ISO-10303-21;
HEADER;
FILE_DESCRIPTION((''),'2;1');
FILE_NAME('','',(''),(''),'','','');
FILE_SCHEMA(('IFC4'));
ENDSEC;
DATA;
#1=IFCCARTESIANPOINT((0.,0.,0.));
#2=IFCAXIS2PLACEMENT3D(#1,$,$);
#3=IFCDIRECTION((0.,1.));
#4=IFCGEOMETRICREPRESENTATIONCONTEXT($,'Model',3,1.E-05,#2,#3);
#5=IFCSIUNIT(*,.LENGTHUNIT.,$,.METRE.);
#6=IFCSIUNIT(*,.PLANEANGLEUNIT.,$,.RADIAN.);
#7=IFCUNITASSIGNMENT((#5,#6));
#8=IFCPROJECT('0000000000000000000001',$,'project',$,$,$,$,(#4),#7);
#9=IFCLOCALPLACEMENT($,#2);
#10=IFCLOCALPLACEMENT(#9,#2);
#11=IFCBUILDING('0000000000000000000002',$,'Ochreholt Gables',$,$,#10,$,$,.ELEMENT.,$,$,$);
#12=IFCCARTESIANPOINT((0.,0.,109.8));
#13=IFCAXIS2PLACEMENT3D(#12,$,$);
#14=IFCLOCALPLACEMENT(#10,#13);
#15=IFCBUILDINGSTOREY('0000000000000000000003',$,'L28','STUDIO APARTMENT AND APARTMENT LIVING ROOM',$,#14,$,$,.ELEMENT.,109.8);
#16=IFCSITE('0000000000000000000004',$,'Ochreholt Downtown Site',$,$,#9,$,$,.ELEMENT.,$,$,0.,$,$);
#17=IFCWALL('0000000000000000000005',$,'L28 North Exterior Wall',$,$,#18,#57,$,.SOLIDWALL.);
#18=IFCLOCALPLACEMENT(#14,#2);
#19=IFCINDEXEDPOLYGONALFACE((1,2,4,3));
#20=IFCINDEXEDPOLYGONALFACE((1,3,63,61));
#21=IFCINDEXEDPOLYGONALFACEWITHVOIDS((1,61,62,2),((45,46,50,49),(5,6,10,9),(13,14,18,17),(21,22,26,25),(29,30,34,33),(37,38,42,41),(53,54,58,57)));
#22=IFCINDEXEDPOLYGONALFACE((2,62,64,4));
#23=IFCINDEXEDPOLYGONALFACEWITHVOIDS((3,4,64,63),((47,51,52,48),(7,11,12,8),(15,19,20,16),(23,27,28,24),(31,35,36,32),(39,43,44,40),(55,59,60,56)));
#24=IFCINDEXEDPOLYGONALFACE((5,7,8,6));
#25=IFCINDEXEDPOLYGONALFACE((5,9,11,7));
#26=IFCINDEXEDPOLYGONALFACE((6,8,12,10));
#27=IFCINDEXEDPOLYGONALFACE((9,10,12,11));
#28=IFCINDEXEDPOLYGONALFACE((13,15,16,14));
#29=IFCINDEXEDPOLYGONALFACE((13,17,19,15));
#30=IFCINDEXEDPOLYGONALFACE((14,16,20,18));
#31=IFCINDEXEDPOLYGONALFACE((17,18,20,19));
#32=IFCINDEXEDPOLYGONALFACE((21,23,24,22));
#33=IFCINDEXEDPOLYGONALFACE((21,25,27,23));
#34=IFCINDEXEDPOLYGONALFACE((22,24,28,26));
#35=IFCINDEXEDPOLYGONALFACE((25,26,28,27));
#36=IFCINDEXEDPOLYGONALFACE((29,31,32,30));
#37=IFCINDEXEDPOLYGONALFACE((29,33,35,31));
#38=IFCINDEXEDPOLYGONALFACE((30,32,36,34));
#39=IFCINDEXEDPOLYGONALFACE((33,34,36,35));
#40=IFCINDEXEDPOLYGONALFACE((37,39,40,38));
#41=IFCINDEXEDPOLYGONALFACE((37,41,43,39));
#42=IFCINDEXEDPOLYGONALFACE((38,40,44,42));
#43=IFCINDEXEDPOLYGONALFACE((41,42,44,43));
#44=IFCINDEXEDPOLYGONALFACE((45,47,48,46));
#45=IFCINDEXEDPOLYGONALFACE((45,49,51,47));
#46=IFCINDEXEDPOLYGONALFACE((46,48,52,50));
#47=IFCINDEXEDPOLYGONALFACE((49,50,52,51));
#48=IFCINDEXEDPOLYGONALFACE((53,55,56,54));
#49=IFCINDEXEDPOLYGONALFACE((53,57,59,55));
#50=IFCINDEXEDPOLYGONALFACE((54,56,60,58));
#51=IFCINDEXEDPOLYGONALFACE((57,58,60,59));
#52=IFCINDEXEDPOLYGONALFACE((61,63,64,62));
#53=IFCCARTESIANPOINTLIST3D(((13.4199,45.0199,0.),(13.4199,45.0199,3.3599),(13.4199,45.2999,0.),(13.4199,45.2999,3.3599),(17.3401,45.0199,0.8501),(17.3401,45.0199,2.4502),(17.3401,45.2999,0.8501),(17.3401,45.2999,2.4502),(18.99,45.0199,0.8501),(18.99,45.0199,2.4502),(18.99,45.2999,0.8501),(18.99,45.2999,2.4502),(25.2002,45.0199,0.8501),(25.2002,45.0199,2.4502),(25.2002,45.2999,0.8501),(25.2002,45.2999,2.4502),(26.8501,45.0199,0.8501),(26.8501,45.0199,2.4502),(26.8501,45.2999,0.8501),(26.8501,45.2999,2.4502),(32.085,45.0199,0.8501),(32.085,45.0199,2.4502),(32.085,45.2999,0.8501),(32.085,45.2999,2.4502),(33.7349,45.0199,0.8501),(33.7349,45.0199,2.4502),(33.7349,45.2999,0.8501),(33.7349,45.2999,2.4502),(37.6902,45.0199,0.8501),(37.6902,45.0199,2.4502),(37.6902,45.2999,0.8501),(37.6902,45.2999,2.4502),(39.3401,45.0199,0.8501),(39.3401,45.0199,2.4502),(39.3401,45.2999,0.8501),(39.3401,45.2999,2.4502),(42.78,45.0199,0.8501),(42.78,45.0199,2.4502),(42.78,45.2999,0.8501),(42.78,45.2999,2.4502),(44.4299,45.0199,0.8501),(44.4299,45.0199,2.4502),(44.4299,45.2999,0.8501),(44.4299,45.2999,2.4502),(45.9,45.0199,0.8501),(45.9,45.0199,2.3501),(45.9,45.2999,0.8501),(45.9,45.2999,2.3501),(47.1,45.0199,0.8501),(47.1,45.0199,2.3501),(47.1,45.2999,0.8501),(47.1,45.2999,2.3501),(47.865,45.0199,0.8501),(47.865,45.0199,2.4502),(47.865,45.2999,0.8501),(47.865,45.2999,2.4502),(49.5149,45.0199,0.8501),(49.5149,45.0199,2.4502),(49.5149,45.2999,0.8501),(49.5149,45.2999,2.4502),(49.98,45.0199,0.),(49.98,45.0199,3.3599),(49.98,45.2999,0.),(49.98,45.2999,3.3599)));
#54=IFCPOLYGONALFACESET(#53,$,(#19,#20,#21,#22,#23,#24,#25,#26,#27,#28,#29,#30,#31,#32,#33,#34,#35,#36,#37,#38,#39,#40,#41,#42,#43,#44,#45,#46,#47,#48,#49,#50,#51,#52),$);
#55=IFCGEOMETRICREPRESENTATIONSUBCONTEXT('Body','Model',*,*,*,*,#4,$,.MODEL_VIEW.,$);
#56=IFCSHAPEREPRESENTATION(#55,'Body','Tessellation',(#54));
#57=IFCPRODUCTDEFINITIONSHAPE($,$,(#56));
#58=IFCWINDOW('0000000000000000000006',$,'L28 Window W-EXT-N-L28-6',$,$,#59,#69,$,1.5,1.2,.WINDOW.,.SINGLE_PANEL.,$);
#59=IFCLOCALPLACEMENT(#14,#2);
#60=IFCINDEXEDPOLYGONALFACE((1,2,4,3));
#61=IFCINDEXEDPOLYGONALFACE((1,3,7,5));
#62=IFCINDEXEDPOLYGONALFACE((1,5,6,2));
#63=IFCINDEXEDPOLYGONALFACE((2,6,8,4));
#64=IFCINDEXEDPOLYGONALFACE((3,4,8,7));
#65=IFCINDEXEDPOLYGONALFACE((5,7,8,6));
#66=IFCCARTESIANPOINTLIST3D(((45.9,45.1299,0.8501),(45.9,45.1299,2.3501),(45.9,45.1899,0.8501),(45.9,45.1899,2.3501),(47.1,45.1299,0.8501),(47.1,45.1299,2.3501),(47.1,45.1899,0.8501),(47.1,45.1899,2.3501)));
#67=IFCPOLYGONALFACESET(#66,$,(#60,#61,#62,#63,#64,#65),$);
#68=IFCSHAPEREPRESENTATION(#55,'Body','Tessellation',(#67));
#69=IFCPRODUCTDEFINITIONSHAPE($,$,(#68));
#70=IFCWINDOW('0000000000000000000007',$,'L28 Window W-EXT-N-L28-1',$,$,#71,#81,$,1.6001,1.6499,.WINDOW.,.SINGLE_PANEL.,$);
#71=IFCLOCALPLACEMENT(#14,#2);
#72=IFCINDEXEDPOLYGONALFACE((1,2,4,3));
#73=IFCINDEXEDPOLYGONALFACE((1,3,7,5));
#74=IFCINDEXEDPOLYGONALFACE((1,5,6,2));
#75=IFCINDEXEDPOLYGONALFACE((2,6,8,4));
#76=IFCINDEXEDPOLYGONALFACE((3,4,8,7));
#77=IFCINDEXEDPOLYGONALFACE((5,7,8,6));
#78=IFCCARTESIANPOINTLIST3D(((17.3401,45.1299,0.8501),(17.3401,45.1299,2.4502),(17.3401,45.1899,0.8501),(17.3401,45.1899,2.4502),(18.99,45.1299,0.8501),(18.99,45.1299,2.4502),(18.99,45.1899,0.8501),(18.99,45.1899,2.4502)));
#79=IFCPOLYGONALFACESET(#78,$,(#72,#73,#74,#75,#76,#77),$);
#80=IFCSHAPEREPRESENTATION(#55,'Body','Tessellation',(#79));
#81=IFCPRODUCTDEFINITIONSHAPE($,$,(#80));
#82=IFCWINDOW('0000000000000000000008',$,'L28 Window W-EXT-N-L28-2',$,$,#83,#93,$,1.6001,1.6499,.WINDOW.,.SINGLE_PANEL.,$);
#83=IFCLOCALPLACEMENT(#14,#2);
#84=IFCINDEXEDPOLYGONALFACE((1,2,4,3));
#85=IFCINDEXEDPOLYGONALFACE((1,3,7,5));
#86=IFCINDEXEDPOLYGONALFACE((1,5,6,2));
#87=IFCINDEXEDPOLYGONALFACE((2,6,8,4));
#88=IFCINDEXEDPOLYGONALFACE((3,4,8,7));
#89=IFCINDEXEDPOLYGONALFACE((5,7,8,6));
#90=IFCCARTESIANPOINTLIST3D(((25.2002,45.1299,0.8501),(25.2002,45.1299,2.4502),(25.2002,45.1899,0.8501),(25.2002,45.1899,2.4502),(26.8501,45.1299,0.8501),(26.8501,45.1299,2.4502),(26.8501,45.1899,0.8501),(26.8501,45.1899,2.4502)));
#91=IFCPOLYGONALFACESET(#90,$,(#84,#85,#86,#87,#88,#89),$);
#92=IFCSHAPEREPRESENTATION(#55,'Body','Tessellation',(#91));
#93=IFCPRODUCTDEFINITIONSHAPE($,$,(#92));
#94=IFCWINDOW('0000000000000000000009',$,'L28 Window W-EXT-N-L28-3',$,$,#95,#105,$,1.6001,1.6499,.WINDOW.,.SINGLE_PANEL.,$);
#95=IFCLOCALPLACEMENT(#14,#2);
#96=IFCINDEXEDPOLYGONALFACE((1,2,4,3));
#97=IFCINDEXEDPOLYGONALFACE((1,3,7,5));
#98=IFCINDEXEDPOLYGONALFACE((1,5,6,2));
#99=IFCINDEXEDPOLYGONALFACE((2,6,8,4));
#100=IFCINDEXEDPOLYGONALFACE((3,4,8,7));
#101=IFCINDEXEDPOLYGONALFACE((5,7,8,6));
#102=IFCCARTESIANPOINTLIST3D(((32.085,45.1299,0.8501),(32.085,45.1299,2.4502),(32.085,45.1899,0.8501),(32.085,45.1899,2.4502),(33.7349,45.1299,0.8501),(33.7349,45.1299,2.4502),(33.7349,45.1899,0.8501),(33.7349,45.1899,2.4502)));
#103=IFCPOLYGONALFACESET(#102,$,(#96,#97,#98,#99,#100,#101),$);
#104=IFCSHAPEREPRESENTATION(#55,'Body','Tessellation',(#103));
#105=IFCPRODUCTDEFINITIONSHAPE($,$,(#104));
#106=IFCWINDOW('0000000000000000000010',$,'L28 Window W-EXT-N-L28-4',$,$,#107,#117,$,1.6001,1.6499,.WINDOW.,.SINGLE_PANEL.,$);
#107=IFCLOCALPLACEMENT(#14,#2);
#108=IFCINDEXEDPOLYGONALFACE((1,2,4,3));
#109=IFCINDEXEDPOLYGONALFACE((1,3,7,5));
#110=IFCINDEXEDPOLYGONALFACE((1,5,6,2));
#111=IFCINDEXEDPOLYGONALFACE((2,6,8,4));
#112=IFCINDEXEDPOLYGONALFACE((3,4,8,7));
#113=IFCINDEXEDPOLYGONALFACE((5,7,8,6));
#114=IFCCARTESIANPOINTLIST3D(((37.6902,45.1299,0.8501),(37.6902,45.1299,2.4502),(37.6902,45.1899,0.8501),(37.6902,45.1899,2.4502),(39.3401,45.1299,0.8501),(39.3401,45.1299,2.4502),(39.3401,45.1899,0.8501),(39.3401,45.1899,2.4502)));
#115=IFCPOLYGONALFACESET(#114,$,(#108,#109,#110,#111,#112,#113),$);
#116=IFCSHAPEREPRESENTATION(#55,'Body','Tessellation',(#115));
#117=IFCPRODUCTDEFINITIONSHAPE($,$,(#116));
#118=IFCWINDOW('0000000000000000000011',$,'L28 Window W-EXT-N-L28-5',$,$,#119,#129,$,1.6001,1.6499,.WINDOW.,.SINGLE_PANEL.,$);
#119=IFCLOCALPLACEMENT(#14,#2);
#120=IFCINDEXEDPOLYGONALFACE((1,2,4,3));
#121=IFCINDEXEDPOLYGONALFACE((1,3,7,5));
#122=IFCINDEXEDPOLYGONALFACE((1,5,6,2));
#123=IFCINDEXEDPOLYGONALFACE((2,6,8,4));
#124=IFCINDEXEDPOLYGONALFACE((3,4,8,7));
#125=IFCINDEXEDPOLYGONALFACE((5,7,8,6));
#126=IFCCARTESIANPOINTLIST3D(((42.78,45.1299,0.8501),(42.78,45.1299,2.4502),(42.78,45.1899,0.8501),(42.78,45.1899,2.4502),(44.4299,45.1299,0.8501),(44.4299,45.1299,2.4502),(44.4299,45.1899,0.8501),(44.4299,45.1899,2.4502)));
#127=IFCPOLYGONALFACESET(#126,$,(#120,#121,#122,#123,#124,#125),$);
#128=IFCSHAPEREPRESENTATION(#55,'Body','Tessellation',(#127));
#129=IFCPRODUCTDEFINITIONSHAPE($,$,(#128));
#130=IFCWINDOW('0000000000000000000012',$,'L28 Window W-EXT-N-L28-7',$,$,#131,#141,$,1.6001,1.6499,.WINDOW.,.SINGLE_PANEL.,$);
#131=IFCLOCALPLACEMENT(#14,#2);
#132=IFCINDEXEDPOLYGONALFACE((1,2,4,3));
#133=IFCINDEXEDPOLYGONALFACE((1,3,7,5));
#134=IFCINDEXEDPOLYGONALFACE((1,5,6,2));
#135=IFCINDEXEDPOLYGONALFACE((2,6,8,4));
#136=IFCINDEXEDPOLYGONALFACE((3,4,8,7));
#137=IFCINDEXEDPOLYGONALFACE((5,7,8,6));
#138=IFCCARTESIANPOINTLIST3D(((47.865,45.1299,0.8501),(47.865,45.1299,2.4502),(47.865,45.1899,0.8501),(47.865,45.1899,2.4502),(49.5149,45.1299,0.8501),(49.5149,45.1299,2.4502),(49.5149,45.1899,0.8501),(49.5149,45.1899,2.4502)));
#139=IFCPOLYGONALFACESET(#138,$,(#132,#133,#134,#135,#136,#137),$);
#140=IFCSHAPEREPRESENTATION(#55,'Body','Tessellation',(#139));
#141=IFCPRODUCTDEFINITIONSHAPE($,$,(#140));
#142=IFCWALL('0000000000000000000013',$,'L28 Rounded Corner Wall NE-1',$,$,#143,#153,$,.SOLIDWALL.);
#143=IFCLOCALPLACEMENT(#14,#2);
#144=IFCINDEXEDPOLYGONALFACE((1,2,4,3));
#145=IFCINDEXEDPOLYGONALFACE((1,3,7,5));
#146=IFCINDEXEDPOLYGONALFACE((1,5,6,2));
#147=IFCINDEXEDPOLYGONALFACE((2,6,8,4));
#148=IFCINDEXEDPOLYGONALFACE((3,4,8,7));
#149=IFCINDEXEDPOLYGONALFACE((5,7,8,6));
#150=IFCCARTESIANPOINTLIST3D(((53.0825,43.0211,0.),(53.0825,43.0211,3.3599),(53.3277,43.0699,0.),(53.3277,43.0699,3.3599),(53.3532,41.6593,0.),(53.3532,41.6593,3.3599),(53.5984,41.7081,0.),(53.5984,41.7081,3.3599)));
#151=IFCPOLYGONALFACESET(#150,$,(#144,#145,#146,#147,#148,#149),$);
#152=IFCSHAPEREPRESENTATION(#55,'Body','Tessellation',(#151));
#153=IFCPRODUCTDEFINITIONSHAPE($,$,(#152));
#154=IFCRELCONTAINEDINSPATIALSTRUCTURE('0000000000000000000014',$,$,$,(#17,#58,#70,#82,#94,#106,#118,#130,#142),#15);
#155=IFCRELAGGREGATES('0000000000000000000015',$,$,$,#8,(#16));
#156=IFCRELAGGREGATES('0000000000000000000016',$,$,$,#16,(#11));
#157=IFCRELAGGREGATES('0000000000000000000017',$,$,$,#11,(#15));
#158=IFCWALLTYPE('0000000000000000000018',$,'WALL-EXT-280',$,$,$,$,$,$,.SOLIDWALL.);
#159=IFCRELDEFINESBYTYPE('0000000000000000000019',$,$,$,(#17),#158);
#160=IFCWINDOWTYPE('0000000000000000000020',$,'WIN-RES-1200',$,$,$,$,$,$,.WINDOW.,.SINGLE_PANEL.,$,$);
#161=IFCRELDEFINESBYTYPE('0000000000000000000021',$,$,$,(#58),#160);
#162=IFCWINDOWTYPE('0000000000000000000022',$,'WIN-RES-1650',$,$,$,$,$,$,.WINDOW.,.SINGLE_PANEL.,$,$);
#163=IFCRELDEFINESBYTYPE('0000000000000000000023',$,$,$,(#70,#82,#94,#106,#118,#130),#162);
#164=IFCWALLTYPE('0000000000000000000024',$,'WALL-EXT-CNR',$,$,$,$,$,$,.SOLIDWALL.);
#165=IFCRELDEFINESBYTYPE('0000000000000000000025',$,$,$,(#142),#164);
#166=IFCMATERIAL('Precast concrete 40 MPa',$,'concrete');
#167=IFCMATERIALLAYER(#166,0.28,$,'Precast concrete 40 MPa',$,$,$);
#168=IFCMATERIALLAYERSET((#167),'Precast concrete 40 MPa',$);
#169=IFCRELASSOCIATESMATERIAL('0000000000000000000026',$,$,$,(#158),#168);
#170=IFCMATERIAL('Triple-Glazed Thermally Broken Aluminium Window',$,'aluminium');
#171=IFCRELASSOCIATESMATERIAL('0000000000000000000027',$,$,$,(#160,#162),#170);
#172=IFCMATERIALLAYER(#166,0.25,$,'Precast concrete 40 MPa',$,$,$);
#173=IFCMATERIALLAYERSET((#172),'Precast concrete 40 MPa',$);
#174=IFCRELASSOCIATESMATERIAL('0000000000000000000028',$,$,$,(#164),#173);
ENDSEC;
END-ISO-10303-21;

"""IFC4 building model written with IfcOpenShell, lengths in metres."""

from ifc_helpers import new_model, si_unit, direction, frame, frame_2d, origin, place, context, subcontext, project, spatial, rectangle, extrude, material, layer, layer_set, type_object, element, fill, save


model = new_model("IFC4")

# Units and contexts
model_context = context("Model", 3, precision=1e-05, world=origin(), true_north=direction((0.0, 1.0)))
body_context = subcontext(model_context, "Body", "Model", "MODEL_VIEW")
ifc_project = project(units=[si_unit("LENGTHUNIT", "METRE"), si_unit("PLANEANGLEUNIT", "RADIAN")], contexts=[model_context])

# Site, building, storey
site_placement = place(None, origin())
site = spatial("IfcSite", under=ifc_project, at=site_placement, Name="Ochreholt Downtown Site", CompositionType="ELEMENT", RefElevation=0.0)
building_placement = place(site_placement, origin())
building = spatial("IfcBuilding", under=site, at=building_placement, Name="Ochreholt Gables", CompositionType="ELEMENT")
storey_placement = place(building_placement, frame((0.0, 0.0, 109.8)))
storey = spatial("IfcBuildingStorey", under=building, at=storey_placement, Name="L28", Description="STUDIO APARTMENT AND APARTMENT LIVING ROOM", CompositionType="ELEMENT", Elevation=109.8)

# Wall, openings, windows
ifc_material_1 = material(Name="Precast concrete 40 MPa", Category="concrete")
ifc_layer_1 = layer(ifc_material_1, 0.28, Name="Precast concrete 40 MPa")
ifc_layer_set_1 = layer_set([ifc_layer_1], Name="Precast concrete 40 MPa")
wall_type_1 = type_object("IfcWallType", Name="WALL-EXT-280", PredefinedType="SOLIDWALL", material=ifc_layer_set_1)
wall_1_placement = place(storey_placement, frame((49.98, 45.1599, 0.0), z_axis=(0.0, 0.0, 1.0), x_axis=(-1.0, 0.0, 0.0)))
wall_1 = element("IfcWall", 1, at=wall_1_placement, inside=storey, type_object=wall_type_1, Name="L28 North Exterior Wall", PredefinedType="SOLIDWALL", context=body_context, shape_type="SweptSolid", body=[
    extrude(rectangle(XDim=36.5601, YDim=0.28, at=frame_2d((18.28, 0.0))), origin(), (0.0, 0.0, 1.0), 3.3599),
])
opening_1_placement = place(wall_1_placement, frame((30.99, 0.0, 0.8501)))
opening_1 = element("IfcOpeningElement", 2, at=opening_1_placement, cuts=wall_1, PredefinedType="OPENING", context=body_context, shape_type="SweptSolid", body=[
    extrude(rectangle(XDim=1.6499, YDim=1.6001, at=frame_2d((0.825, 0.8))), frame((0.0, 0.1499, 0.0), z_axis=(0.0, -1.0, 0.0), x_axis=(1.0, 0.0, 0.0)), (0.0, 0.0, 1.0), 0.3),
])
opening_2_placement = place(wall_1_placement, frame((23.1299, 0.0, 0.8501)))
opening_2 = element("IfcOpeningElement", 3, at=opening_2_placement, cuts=wall_1, PredefinedType="OPENING", context=body_context, shape_type="SweptSolid", body=[
    extrude(rectangle(XDim=1.6499, YDim=1.6001, at=frame_2d((0.825, 0.8))), frame((0.0, 0.1499, 0.0), z_axis=(0.0, -1.0, 0.0), x_axis=(1.0, 0.0, 0.0)), (0.0, 0.0, 1.0), 0.3),
])
opening_3_placement = place(wall_1_placement, frame((16.2451, 0.0, 0.8501)))
opening_3 = element("IfcOpeningElement", 4, at=opening_3_placement, cuts=wall_1, PredefinedType="OPENING", context=body_context, shape_type="SweptSolid", body=[
    extrude(rectangle(XDim=1.6499, YDim=1.6001, at=frame_2d((0.825, 0.8))), frame((0.0, 0.1499, 0.0), z_axis=(0.0, -1.0, 0.0), x_axis=(1.0, 0.0, 0.0)), (0.0, 0.0, 1.0), 0.3),
])
opening_4_placement = place(wall_1_placement, frame((10.6399, 0.0, 0.8501)))
opening_4 = element("IfcOpeningElement", 5, at=opening_4_placement, cuts=wall_1, PredefinedType="OPENING", context=body_context, shape_type="SweptSolid", body=[
    extrude(rectangle(XDim=1.6499, YDim=1.6001, at=frame_2d((0.825, 0.8))), frame((0.0, 0.1499, 0.0), z_axis=(0.0, -1.0, 0.0), x_axis=(1.0, 0.0, 0.0)), (0.0, 0.0, 1.0), 0.3),
])
opening_5_placement = place(wall_1_placement, frame((5.55, 0.0, 0.8501)))
opening_5 = element("IfcOpeningElement", 6, at=opening_5_placement, cuts=wall_1, PredefinedType="OPENING", context=body_context, shape_type="SweptSolid", body=[
    extrude(rectangle(XDim=1.6499, YDim=1.6001, at=frame_2d((0.825, 0.8))), frame((0.0, 0.1499, 0.0), z_axis=(0.0, -1.0, 0.0), x_axis=(1.0, 0.0, 0.0)), (0.0, 0.0, 1.0), 0.3),
])
opening_6_placement = place(wall_1_placement, frame((2.8799, 0.0, 0.8501)))
opening_6 = element("IfcOpeningElement", 7, at=opening_6_placement, cuts=wall_1, PredefinedType="OPENING", context=body_context, shape_type="SweptSolid", body=[
    extrude(rectangle(XDim=1.2, YDim=1.5, at=frame_2d((0.6001, 0.75))), frame((0.0, 0.1499, 0.0), z_axis=(0.0, -1.0, 0.0), x_axis=(1.0, 0.0, 0.0)), (0.0, 0.0, 1.0), 0.3),
])
opening_7_placement = place(wall_1_placement, frame((0.4651, 0.0, 0.8501)))
opening_7 = element("IfcOpeningElement", 8, at=opening_7_placement, cuts=wall_1, PredefinedType="OPENING", context=body_context, shape_type="SweptSolid", body=[
    extrude(rectangle(XDim=1.6499, YDim=1.6001, at=frame_2d((0.825, 0.8))), frame((0.0, 0.1499, 0.0), z_axis=(0.0, -1.0, 0.0), x_axis=(1.0, 0.0, 0.0)), (0.0, 0.0, 1.0), 0.3),
])
ifc_material_2 = material(Name="Triple-Glazed Thermally Broken Aluminium Window", Category="aluminium")
window_type_1 = type_object("IfcWindowType", Name="WIN-RES-1200", PartitioningType="SINGLE_PANEL", PredefinedType="WINDOW", material=ifc_material_2)
window_1_placement = place(opening_6_placement, origin())
window_1 = element("IfcWindow", 9, at=window_1_placement, inside=storey, type_object=window_type_1, Name="L28 Window W-EXT-N-L28-6", OverallHeight=1.5, OverallWidth=1.2, PartitioningType="SINGLE_PANEL", PredefinedType="WINDOW", context=body_context, shape_type="SweptSolid", body=[
    extrude(rectangle(XDim=1.2, YDim=1.5, at=frame_2d((0.6001, 0.75))), frame((0.0, 0.03, 0.0), z_axis=(0.0, -1.0, 0.0), x_axis=(1.0, 0.0, 0.0)), (0.0, 0.0, 1.0), 0.0601),
])
fill(opening_6, window_1)
window_type_2 = type_object("IfcWindowType", Name="WIN-RES-1650", PartitioningType="SINGLE_PANEL", PredefinedType="WINDOW", material=ifc_material_2)
window_2_placement = place(opening_1_placement, origin())
window_2 = element("IfcWindow", 10, at=window_2_placement, inside=storey, type_object=window_type_2, Name="L28 Window W-EXT-N-L28-1", OverallHeight=1.6001, OverallWidth=1.6499, PartitioningType="SINGLE_PANEL", PredefinedType="WINDOW", context=body_context, shape_type="SweptSolid", body=[
    extrude(rectangle(XDim=1.6499, YDim=1.6001, at=frame_2d((0.825, 0.8))), frame((0.0, 0.03, 0.0), z_axis=(0.0, -1.0, 0.0), x_axis=(1.0, 0.0, 0.0)), (0.0, 0.0, 1.0), 0.0601),
])
fill(opening_1, window_2)
window_3_placement = place(opening_2_placement, origin())
window_3 = element("IfcWindow", 11, at=window_3_placement, inside=storey, type_object=window_type_2, Name="L28 Window W-EXT-N-L28-2", OverallHeight=1.6001, OverallWidth=1.6499, PartitioningType="SINGLE_PANEL", PredefinedType="WINDOW", context=body_context, shape_type="SweptSolid", body=[
    extrude(rectangle(XDim=1.6499, YDim=1.6001, at=frame_2d((0.825, 0.8))), frame((0.0, 0.03, 0.0), z_axis=(0.0, -1.0, 0.0), x_axis=(1.0, 0.0, 0.0)), (0.0, 0.0, 1.0), 0.0601),
])
fill(opening_2, window_3)
window_4_placement = place(opening_3_placement, origin())
window_4 = element("IfcWindow", 12, at=window_4_placement, inside=storey, type_object=window_type_2, Name="L28 Window W-EXT-N-L28-3", OverallHeight=1.6001, OverallWidth=1.6499, PartitioningType="SINGLE_PANEL", PredefinedType="WINDOW", context=body_context, shape_type="SweptSolid", body=[
    extrude(rectangle(XDim=1.6499, YDim=1.6001, at=frame_2d((0.825, 0.8))), frame((0.0, 0.03, 0.0), z_axis=(0.0, -1.0, 0.0), x_axis=(1.0, 0.0, 0.0)), (0.0, 0.0, 1.0), 0.0601),
])
fill(opening_3, window_4)
window_5_placement = place(opening_4_placement, origin())
window_5 = element("IfcWindow", 13, at=window_5_placement, inside=storey, type_object=window_type_2, Name="L28 Window W-EXT-N-L28-4", OverallHeight=1.6001, OverallWidth=1.6499, PartitioningType="SINGLE_PANEL", PredefinedType="WINDOW", context=body_context, shape_type="SweptSolid", body=[
    extrude(rectangle(XDim=1.6499, YDim=1.6001, at=frame_2d((0.825, 0.8))), frame((0.0, 0.03, 0.0), z_axis=(0.0, -1.0, 0.0), x_axis=(1.0, 0.0, 0.0)), (0.0, 0.0, 1.0), 0.0601),
])
fill(opening_4, window_5)
window_6_placement = place(opening_5_placement, origin())
window_6 = element("IfcWindow", 14, at=window_6_placement, inside=storey, type_object=window_type_2, Name="L28 Window W-EXT-N-L28-5", OverallHeight=1.6001, OverallWidth=1.6499, PartitioningType="SINGLE_PANEL", PredefinedType="WINDOW", context=body_context, shape_type="SweptSolid", body=[
    extrude(rectangle(XDim=1.6499, YDim=1.6001, at=frame_2d((0.825, 0.8))), frame((0.0, 0.03, 0.0), z_axis=(0.0, -1.0, 0.0), x_axis=(1.0, 0.0, 0.0)), (0.0, 0.0, 1.0), 0.0601),
])
fill(opening_5, window_6)
window_7_placement = place(opening_7_placement, origin())
window_7 = element("IfcWindow", 15, at=window_7_placement, inside=storey, type_object=window_type_2, Name="L28 Window W-EXT-N-L28-7", OverallHeight=1.6001, OverallWidth=1.6499, PartitioningType="SINGLE_PANEL", PredefinedType="WINDOW", context=body_context, shape_type="SweptSolid", body=[
    extrude(rectangle(XDim=1.6499, YDim=1.6001, at=frame_2d((0.825, 0.8))), frame((0.0, 0.03, 0.0), z_axis=(0.0, -1.0, 0.0), x_axis=(1.0, 0.0, 0.0)), (0.0, 0.0, 1.0), 0.0601),
])
fill(opening_7, window_7)

# Wall
ifc_layer_2 = layer(ifc_material_1, 0.25, Name="Precast concrete 40 MPa")
ifc_layer_set_2 = layer_set([ifc_layer_2], Name="Precast concrete 40 MPa")
wall_type_2 = type_object("IfcWallType", Name="WALL-EXT-CNR", PredefinedType="SOLIDWALL", material=ifc_layer_set_2)
wall_2_placement = place(storey_placement, frame((53.4758, 41.6836, 0.0), z_axis=(0.0, 0.0, 1.0), x_axis=(-0.195, 0.980803, 0.0)))
element("IfcWall", 16, at=wall_2_placement, inside=storey, type_object=wall_type_2, Name="L28 Rounded Corner Wall NE-1", PredefinedType="SOLIDWALL", context=body_context, shape_type="SweptSolid", body=[
    extrude(rectangle(XDim=1.3884, YDim=0.25, at=frame_2d((0.6943, 0.0))), origin(), (0.0, 0.0, 1.0), 3.3599),
])

save(model, "model.ifc")
